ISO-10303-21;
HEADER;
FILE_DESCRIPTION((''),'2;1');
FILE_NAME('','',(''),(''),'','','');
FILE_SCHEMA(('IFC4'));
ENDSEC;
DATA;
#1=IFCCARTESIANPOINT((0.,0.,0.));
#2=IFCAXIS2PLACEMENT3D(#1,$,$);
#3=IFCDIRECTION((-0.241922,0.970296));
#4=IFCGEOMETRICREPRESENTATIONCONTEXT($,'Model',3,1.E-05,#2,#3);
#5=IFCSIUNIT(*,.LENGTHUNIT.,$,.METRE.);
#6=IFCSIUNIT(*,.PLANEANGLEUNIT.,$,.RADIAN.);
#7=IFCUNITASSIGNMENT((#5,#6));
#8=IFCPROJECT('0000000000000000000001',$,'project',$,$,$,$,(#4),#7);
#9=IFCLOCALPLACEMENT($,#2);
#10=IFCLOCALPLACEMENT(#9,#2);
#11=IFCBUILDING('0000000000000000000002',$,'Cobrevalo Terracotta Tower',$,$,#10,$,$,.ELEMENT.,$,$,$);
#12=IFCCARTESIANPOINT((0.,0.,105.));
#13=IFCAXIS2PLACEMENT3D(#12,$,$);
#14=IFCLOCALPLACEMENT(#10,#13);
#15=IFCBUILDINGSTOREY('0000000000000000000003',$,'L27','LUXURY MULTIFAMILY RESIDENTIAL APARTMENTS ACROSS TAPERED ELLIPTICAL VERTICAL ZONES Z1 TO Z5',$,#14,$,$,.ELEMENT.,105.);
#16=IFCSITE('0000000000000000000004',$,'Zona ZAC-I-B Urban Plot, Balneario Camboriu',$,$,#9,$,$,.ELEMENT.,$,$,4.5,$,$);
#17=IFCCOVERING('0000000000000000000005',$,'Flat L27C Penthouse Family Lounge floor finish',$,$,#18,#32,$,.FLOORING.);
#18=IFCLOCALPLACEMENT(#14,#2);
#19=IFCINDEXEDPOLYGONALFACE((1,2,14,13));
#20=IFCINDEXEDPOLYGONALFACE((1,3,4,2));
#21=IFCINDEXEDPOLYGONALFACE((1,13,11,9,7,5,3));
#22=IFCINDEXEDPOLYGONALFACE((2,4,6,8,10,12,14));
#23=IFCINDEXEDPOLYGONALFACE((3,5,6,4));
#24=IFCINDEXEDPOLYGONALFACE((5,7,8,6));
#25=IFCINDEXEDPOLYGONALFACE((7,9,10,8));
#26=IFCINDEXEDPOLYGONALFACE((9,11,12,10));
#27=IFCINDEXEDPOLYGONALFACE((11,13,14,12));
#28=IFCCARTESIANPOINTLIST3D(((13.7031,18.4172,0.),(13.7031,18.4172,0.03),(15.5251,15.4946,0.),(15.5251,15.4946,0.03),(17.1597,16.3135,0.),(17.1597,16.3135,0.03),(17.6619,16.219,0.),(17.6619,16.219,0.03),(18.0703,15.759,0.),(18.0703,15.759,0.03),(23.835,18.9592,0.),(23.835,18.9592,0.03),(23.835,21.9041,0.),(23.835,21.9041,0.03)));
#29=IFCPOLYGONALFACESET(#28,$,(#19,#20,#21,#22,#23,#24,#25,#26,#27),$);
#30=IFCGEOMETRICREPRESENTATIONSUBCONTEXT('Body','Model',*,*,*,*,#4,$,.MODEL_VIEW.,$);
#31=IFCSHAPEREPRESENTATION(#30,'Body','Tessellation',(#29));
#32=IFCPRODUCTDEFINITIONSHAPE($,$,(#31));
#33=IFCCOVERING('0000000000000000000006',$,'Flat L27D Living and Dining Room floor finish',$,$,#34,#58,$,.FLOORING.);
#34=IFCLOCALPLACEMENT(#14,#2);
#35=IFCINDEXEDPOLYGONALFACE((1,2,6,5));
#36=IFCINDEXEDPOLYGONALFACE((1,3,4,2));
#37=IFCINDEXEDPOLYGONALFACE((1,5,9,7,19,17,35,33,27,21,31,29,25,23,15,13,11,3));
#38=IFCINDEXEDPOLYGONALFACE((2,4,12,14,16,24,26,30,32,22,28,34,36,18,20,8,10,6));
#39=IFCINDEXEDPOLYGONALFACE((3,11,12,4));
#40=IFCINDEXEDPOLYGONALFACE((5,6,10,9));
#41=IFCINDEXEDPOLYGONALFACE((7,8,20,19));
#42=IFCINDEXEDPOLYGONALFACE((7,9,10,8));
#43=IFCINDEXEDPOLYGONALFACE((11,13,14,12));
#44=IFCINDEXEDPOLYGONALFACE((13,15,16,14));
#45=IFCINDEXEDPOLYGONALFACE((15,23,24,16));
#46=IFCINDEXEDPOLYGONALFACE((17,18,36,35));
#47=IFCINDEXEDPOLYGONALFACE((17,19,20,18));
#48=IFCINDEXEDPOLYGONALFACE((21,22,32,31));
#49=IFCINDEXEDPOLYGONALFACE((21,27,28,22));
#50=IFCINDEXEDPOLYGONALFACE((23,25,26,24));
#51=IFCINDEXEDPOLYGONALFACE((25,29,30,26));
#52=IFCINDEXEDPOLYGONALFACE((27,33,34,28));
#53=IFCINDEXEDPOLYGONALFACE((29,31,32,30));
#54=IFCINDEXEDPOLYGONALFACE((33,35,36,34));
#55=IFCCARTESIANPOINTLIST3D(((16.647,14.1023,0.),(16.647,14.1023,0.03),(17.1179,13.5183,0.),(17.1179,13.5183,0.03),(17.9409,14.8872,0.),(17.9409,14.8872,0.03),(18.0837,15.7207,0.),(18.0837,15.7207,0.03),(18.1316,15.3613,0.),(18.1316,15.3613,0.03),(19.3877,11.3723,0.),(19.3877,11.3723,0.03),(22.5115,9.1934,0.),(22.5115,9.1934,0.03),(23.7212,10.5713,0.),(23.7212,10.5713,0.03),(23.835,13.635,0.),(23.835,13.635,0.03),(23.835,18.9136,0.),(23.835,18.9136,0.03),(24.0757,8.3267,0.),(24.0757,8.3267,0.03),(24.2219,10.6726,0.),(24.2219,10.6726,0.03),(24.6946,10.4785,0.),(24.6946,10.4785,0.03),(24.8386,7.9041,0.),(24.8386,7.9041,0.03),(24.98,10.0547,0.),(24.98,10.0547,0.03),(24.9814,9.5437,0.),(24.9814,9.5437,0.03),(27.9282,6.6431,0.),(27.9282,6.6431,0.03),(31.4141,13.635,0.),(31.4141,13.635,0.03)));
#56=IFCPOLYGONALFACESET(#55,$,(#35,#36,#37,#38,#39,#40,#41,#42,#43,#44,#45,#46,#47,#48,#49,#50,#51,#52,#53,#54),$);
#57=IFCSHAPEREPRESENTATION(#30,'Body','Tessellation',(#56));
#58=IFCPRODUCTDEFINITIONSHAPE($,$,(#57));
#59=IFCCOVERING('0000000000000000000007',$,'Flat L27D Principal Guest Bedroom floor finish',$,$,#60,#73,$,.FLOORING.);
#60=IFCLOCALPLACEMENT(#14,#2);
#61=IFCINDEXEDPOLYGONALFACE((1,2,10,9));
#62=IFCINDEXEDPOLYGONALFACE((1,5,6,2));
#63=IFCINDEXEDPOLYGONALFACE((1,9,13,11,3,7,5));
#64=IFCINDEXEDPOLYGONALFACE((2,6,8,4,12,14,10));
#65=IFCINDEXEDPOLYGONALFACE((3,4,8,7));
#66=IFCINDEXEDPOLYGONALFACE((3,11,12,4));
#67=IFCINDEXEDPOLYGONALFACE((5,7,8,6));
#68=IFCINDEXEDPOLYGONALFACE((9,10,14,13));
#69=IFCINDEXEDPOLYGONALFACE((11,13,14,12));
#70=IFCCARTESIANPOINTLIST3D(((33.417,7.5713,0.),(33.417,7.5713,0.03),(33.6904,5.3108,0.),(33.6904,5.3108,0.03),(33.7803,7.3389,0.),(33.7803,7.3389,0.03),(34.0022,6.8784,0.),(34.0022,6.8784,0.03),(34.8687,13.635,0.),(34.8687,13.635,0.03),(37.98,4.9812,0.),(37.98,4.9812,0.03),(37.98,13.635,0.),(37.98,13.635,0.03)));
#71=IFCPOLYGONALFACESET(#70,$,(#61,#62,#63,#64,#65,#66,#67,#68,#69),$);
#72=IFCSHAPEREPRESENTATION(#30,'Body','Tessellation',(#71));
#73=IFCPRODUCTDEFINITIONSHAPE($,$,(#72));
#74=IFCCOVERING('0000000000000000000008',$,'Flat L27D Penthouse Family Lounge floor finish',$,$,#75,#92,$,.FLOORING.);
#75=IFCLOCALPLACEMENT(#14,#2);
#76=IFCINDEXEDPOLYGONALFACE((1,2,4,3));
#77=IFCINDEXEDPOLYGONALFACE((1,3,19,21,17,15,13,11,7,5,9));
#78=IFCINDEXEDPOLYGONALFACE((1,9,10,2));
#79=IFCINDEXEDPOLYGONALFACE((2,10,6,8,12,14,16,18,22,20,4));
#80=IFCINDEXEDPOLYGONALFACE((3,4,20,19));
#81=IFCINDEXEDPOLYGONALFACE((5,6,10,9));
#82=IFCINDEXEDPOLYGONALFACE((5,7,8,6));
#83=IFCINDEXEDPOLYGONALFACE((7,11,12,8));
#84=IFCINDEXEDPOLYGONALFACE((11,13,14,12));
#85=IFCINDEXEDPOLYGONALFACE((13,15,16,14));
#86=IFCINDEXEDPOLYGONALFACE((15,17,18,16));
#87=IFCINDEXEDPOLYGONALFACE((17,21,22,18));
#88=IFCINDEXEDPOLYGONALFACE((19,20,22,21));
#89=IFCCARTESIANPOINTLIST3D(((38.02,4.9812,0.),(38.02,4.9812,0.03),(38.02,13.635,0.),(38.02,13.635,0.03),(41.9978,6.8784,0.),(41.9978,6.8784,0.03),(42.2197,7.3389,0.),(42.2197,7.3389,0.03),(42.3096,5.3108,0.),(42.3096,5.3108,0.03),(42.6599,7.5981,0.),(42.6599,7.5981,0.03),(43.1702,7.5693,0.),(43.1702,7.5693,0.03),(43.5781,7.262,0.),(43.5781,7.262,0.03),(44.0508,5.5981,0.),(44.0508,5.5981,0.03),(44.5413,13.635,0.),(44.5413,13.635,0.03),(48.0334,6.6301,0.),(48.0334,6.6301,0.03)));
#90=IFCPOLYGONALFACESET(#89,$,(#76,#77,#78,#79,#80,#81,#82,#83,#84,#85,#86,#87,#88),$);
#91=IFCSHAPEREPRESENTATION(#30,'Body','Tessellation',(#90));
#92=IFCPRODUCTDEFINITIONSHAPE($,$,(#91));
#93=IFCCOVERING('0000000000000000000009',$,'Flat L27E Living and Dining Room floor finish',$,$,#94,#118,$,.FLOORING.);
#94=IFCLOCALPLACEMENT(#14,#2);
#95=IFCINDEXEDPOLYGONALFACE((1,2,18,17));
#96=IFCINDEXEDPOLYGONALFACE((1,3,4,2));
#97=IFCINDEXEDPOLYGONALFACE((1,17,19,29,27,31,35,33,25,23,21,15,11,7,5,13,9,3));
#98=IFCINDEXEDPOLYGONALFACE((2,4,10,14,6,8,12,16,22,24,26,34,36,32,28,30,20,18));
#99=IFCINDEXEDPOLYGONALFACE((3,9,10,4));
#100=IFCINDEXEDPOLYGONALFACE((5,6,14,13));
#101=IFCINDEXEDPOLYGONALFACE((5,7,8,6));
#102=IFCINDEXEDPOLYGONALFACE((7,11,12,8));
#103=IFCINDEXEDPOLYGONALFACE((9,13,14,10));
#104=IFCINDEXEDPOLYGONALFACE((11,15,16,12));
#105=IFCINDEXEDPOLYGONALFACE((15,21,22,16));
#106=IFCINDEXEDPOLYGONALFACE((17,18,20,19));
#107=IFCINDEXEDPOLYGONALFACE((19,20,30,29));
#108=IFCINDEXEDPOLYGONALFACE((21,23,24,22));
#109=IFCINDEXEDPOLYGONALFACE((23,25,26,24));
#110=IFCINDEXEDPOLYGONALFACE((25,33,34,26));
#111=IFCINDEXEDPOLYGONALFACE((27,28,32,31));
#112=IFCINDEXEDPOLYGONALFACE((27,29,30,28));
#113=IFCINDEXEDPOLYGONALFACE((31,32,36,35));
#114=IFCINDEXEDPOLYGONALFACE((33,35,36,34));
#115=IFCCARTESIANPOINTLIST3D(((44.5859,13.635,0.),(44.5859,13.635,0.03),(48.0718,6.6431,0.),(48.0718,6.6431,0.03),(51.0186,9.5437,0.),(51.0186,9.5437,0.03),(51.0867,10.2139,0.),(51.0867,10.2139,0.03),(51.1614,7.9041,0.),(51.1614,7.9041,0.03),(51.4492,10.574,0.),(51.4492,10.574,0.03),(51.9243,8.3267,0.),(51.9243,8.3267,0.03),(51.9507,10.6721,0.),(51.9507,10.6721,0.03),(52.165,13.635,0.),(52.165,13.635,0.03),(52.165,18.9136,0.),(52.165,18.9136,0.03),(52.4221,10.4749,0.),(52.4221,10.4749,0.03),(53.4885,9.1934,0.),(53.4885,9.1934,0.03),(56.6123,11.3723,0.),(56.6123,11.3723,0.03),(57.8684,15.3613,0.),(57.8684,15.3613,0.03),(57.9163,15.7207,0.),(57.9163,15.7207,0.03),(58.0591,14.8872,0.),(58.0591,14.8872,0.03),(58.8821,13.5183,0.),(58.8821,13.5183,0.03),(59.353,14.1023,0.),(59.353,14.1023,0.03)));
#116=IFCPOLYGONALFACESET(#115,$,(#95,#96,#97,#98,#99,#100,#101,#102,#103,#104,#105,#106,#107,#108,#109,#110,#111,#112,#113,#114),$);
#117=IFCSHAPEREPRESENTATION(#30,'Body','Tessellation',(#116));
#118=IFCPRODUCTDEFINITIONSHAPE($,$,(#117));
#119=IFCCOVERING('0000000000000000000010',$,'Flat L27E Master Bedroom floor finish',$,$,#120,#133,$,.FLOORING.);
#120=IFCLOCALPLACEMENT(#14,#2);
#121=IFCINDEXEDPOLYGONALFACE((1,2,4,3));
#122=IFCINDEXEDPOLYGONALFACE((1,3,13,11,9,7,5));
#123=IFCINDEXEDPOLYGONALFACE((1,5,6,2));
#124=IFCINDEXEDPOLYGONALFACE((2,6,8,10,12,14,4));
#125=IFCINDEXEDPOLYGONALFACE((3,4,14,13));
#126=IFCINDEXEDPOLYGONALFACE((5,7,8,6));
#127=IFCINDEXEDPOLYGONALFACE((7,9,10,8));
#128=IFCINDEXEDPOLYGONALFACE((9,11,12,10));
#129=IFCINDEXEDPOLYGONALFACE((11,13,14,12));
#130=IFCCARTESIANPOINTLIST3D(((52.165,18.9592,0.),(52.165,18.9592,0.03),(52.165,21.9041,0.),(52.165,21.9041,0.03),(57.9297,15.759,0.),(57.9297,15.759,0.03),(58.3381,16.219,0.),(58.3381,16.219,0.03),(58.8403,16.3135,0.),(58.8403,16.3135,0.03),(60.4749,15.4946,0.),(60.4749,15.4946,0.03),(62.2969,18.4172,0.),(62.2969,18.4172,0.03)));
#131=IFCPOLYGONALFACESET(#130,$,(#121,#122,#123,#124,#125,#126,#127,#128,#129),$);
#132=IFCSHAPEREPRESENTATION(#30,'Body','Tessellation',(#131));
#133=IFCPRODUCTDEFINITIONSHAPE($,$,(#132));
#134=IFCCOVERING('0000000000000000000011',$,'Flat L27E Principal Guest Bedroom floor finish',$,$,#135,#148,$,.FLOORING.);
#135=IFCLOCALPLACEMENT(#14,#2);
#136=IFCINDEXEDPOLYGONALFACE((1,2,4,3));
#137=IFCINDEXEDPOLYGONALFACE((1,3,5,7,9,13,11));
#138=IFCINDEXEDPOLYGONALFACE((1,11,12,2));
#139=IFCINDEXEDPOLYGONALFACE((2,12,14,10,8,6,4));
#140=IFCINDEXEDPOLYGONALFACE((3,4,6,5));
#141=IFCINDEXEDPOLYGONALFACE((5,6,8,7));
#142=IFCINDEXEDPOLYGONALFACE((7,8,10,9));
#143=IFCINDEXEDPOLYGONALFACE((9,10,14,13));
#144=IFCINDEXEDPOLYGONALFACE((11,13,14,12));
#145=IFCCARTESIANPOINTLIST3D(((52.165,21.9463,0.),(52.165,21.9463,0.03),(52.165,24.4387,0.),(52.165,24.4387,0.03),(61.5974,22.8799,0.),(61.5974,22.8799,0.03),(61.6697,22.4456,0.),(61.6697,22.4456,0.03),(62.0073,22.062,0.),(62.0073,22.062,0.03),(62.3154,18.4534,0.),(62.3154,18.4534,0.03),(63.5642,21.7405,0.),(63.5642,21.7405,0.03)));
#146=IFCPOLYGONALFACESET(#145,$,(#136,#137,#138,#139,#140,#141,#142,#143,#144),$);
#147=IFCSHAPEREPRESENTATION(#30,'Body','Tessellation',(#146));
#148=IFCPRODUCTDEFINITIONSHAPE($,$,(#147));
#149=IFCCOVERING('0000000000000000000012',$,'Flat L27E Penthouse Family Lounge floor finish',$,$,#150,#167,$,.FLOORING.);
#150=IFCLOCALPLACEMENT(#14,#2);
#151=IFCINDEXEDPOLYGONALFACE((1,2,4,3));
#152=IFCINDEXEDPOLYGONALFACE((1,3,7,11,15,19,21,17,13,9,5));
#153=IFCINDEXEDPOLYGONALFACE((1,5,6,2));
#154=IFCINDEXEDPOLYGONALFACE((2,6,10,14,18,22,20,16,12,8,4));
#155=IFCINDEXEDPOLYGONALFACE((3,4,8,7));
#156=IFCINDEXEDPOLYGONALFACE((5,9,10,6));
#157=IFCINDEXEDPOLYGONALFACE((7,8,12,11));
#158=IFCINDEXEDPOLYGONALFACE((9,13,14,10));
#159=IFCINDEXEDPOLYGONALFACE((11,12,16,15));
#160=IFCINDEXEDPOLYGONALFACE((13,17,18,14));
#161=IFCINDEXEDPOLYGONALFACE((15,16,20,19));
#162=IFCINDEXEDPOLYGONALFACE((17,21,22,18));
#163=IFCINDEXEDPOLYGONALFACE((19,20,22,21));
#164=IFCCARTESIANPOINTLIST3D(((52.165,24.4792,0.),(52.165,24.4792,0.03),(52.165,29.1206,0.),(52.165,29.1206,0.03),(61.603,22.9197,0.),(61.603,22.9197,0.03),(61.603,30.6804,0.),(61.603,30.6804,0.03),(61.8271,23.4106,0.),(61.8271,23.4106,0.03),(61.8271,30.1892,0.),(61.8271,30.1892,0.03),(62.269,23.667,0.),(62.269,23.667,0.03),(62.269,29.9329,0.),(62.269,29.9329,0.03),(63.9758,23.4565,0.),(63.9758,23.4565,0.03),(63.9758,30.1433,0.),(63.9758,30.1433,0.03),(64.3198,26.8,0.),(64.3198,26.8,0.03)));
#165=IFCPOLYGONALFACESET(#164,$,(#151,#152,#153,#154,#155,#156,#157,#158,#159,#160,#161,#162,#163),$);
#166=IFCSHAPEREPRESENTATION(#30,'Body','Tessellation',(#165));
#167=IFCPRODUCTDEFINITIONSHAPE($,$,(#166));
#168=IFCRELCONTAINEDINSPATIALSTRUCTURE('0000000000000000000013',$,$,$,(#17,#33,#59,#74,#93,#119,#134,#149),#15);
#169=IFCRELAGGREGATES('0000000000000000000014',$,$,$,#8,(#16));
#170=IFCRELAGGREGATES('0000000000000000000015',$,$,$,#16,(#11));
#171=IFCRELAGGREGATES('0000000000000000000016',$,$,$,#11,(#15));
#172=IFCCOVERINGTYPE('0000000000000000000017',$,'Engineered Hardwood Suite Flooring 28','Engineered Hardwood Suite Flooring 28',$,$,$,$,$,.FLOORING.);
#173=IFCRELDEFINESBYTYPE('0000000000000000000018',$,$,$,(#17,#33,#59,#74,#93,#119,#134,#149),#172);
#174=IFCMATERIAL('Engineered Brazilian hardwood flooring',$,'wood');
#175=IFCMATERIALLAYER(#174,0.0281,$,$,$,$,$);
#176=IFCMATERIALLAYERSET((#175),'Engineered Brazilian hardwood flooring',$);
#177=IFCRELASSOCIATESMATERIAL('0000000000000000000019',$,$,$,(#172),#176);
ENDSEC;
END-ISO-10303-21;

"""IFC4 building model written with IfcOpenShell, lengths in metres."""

from ifc_helpers import new_model, si_unit, direction, frame, origin, place, context, subcontext, project, spatial, polyline, outline, extrude, material, layer, layer_set, type_object, element, save


model = new_model("IFC4")

# Units and contexts
model_context = context("Model", 3, precision=1e-05, world=origin(), true_north=direction((-0.241922, 0.970296)))
body_context = subcontext(model_context, "Body", "Model", "MODEL_VIEW")
ifc_project = project(units=[si_unit("LENGTHUNIT", "METRE"), si_unit("PLANEANGLEUNIT", "RADIAN")], contexts=[model_context])

# Site, building, storey
site_placement = place(None, origin())
site = spatial("IfcSite", under=ifc_project, at=site_placement, Name="Zona ZAC-I-B Urban Plot, Balneario Camboriu", CompositionType="ELEMENT", RefElevation=4.5)
building_placement = place(site_placement, origin())
building = spatial("IfcBuilding", under=site, at=building_placement, Name="Cobrevalo Terracotta Tower", CompositionType="ELEMENT")
storey_placement = place(building_placement, frame((0.0, 0.0, 105.0)))
storey = spatial("IfcBuildingStorey", under=building, at=storey_placement, Name="L27", Description="LUXURY MULTIFAMILY RESIDENTIAL APARTMENTS ACROSS TAPERED ELLIPTICAL VERTICAL ZONES Z1 TO Z5", CompositionType="ELEMENT", Elevation=105.0)

# Coverings
ifc_material_1 = material(Name="Engineered Brazilian hardwood flooring", Category="wood")
ifc_layer_1 = layer(ifc_material_1, 0.0281)
ifc_layer_set_1 = layer_set([ifc_layer_1], Name="Engineered Brazilian hardwood flooring")
covering_type_1 = type_object("IfcCoveringType", Name="Engineered Hardwood Suite Flooring 28", Description="Engineered Hardwood Suite Flooring 28", PredefinedType="FLOORING", material=ifc_layer_set_1)
covering_1_placement = place(storey_placement, origin())
element("IfcCovering", 1, at=covering_1_placement, inside=storey, type_object=covering_type_1, Name="Flat L27C Penthouse Family Lounge floor finish", PredefinedType="FLOORING", context=body_context, shape_type="SweptSolid", body=[
    extrude(outline(polyline([(18.0703, 15.759), (17.6619, 16.219), (17.1597, 16.3135), (15.5251, 15.4946), (13.7031, 18.4172), (23.835, 21.9041), (23.835, 18.9592), (18.0703, 15.759)])), origin(), (0.0, 0.0, 1.0), 0.03),
])
covering_2_placement = place(storey_placement, origin())
element("IfcCovering", 2, at=covering_2_placement, inside=storey, type_object=covering_type_1, Name="Flat L27D Living and Dining Room floor finish", PredefinedType="FLOORING", context=body_context, shape_type="SweptSolid", body=[
    extrude(outline(polyline([(24.8386, 7.9041), (24.0757, 8.3267), (24.9814, 9.5437), (24.98, 10.0547), (24.6946, 10.4785), (24.2219, 10.6726), (23.7212, 10.5713), (22.5115, 9.1934), (19.3877, 11.3723), (17.1179, 13.5183), (16.647, 14.1023), (17.9409, 14.8872), (18.1316, 15.3613), (18.0837, 15.7207), (23.835, 18.9136), (23.835, 13.635), (31.4141, 13.635), (27.9282, 6.6431), (24.8386, 7.9041)])), origin(), (0.0, 0.0, 1.0), 0.03),
])
covering_3_placement = place(storey_placement, origin())
element("IfcCovering", 3, at=covering_3_placement, inside=storey, type_object=covering_type_1, Name="Flat L27D Principal Guest Bedroom floor finish", PredefinedType="FLOORING", context=body_context, shape_type="SweptSolid", body=[
    extrude(outline(polyline([(33.6904, 5.3108), (34.0022, 6.8784), (33.7803, 7.3389), (33.417, 7.5713), (34.8687, 13.635), (37.98, 13.635), (37.98, 4.9812), (33.6904, 5.3108)])), origin(), (0.0, 0.0, 1.0), 0.03),
])
covering_4_placement = place(storey_placement, origin())
element("IfcCovering", 4, at=covering_4_placement, inside=storey, type_object=covering_type_1, Name="Flat L27D Penthouse Family Lounge floor finish", PredefinedType="FLOORING", context=body_context, shape_type="SweptSolid", body=[
    extrude(outline(polyline([(38.02, 13.635), (44.5413, 13.635), (48.0334, 6.6301), (44.0508, 5.5981), (43.5781, 7.262), (43.1702, 7.5693), (42.6599, 7.5981), (42.2197, 7.3389), (41.9978, 6.8784), (42.3096, 5.3108), (38.02, 4.9812), (38.02, 13.635)])), origin(), (0.0, 0.0, 1.0), 0.03),
])
covering_5_placement = place(storey_placement, origin())
element("IfcCovering", 5, at=covering_5_placement, inside=storey, type_object=covering_type_1, Name="Flat L27E Living and Dining Room floor finish", PredefinedType="FLOORING", context=body_context, shape_type="SweptSolid", body=[
    extrude(outline(polyline([(56.6123, 11.3723), (53.4885, 9.1934), (52.4221, 10.4749), (51.9507, 10.6721), (51.4492, 10.574), (51.0867, 10.2139), (51.0186, 9.5437), (51.9243, 8.3267), (51.1614, 7.9041), (48.0718, 6.6431), (44.5859, 13.635), (52.165, 13.635), (52.165, 18.9136), (57.9163, 15.7207), (57.8684, 15.3613), (58.0591, 14.8872), (59.353, 14.1023), (58.8821, 13.5183), (56.6123, 11.3723)])), origin(), (0.0, 0.0, 1.0), 0.03),
])
covering_6_placement = place(storey_placement, origin())
element("IfcCovering", 6, at=covering_6_placement, inside=storey, type_object=covering_type_1, Name="Flat L27E Master Bedroom floor finish", PredefinedType="FLOORING", context=body_context, shape_type="SweptSolid", body=[
    extrude(outline(polyline([(60.4749, 15.4946), (58.8403, 16.3135), (58.3381, 16.219), (57.9297, 15.759), (52.165, 18.9592), (52.165, 21.9041), (62.2969, 18.4172), (60.4749, 15.4946)])), origin(), (0.0, 0.0, 1.0), 0.03),
])
covering_7_placement = place(storey_placement, origin())
element("IfcCovering", 7, at=covering_7_placement, inside=storey, type_object=covering_type_1, Name="Flat L27E Principal Guest Bedroom floor finish", PredefinedType="FLOORING", context=body_context, shape_type="SweptSolid", body=[
    extrude(outline(polyline([(52.165, 21.9463), (52.165, 24.4387), (61.5974, 22.8799), (61.6697, 22.4456), (62.0073, 22.062), (63.5642, 21.7405), (62.3154, 18.4534), (52.165, 21.9463)])), origin(), (0.0, 0.0, 1.0), 0.03),
])
covering_8_placement = place(storey_placement, origin())
element("IfcCovering", 8, at=covering_8_placement, inside=storey, type_object=covering_type_1, Name="Flat L27E Penthouse Family Lounge floor finish", PredefinedType="FLOORING", context=body_context, shape_type="SweptSolid", body=[
    extrude(outline(polyline([(61.603, 30.6804), (61.8271, 30.1892), (62.269, 29.9329), (63.9758, 30.1433), (64.3198, 26.8), (63.9758, 23.4565), (62.269, 23.667), (61.8271, 23.4106), (61.603, 22.9197), (52.165, 24.4792), (52.165, 29.1206), (61.603, 30.6804)])), origin(), (0.0, 0.0, 1.0), 0.03),
])

save(model, "model.ifc")
